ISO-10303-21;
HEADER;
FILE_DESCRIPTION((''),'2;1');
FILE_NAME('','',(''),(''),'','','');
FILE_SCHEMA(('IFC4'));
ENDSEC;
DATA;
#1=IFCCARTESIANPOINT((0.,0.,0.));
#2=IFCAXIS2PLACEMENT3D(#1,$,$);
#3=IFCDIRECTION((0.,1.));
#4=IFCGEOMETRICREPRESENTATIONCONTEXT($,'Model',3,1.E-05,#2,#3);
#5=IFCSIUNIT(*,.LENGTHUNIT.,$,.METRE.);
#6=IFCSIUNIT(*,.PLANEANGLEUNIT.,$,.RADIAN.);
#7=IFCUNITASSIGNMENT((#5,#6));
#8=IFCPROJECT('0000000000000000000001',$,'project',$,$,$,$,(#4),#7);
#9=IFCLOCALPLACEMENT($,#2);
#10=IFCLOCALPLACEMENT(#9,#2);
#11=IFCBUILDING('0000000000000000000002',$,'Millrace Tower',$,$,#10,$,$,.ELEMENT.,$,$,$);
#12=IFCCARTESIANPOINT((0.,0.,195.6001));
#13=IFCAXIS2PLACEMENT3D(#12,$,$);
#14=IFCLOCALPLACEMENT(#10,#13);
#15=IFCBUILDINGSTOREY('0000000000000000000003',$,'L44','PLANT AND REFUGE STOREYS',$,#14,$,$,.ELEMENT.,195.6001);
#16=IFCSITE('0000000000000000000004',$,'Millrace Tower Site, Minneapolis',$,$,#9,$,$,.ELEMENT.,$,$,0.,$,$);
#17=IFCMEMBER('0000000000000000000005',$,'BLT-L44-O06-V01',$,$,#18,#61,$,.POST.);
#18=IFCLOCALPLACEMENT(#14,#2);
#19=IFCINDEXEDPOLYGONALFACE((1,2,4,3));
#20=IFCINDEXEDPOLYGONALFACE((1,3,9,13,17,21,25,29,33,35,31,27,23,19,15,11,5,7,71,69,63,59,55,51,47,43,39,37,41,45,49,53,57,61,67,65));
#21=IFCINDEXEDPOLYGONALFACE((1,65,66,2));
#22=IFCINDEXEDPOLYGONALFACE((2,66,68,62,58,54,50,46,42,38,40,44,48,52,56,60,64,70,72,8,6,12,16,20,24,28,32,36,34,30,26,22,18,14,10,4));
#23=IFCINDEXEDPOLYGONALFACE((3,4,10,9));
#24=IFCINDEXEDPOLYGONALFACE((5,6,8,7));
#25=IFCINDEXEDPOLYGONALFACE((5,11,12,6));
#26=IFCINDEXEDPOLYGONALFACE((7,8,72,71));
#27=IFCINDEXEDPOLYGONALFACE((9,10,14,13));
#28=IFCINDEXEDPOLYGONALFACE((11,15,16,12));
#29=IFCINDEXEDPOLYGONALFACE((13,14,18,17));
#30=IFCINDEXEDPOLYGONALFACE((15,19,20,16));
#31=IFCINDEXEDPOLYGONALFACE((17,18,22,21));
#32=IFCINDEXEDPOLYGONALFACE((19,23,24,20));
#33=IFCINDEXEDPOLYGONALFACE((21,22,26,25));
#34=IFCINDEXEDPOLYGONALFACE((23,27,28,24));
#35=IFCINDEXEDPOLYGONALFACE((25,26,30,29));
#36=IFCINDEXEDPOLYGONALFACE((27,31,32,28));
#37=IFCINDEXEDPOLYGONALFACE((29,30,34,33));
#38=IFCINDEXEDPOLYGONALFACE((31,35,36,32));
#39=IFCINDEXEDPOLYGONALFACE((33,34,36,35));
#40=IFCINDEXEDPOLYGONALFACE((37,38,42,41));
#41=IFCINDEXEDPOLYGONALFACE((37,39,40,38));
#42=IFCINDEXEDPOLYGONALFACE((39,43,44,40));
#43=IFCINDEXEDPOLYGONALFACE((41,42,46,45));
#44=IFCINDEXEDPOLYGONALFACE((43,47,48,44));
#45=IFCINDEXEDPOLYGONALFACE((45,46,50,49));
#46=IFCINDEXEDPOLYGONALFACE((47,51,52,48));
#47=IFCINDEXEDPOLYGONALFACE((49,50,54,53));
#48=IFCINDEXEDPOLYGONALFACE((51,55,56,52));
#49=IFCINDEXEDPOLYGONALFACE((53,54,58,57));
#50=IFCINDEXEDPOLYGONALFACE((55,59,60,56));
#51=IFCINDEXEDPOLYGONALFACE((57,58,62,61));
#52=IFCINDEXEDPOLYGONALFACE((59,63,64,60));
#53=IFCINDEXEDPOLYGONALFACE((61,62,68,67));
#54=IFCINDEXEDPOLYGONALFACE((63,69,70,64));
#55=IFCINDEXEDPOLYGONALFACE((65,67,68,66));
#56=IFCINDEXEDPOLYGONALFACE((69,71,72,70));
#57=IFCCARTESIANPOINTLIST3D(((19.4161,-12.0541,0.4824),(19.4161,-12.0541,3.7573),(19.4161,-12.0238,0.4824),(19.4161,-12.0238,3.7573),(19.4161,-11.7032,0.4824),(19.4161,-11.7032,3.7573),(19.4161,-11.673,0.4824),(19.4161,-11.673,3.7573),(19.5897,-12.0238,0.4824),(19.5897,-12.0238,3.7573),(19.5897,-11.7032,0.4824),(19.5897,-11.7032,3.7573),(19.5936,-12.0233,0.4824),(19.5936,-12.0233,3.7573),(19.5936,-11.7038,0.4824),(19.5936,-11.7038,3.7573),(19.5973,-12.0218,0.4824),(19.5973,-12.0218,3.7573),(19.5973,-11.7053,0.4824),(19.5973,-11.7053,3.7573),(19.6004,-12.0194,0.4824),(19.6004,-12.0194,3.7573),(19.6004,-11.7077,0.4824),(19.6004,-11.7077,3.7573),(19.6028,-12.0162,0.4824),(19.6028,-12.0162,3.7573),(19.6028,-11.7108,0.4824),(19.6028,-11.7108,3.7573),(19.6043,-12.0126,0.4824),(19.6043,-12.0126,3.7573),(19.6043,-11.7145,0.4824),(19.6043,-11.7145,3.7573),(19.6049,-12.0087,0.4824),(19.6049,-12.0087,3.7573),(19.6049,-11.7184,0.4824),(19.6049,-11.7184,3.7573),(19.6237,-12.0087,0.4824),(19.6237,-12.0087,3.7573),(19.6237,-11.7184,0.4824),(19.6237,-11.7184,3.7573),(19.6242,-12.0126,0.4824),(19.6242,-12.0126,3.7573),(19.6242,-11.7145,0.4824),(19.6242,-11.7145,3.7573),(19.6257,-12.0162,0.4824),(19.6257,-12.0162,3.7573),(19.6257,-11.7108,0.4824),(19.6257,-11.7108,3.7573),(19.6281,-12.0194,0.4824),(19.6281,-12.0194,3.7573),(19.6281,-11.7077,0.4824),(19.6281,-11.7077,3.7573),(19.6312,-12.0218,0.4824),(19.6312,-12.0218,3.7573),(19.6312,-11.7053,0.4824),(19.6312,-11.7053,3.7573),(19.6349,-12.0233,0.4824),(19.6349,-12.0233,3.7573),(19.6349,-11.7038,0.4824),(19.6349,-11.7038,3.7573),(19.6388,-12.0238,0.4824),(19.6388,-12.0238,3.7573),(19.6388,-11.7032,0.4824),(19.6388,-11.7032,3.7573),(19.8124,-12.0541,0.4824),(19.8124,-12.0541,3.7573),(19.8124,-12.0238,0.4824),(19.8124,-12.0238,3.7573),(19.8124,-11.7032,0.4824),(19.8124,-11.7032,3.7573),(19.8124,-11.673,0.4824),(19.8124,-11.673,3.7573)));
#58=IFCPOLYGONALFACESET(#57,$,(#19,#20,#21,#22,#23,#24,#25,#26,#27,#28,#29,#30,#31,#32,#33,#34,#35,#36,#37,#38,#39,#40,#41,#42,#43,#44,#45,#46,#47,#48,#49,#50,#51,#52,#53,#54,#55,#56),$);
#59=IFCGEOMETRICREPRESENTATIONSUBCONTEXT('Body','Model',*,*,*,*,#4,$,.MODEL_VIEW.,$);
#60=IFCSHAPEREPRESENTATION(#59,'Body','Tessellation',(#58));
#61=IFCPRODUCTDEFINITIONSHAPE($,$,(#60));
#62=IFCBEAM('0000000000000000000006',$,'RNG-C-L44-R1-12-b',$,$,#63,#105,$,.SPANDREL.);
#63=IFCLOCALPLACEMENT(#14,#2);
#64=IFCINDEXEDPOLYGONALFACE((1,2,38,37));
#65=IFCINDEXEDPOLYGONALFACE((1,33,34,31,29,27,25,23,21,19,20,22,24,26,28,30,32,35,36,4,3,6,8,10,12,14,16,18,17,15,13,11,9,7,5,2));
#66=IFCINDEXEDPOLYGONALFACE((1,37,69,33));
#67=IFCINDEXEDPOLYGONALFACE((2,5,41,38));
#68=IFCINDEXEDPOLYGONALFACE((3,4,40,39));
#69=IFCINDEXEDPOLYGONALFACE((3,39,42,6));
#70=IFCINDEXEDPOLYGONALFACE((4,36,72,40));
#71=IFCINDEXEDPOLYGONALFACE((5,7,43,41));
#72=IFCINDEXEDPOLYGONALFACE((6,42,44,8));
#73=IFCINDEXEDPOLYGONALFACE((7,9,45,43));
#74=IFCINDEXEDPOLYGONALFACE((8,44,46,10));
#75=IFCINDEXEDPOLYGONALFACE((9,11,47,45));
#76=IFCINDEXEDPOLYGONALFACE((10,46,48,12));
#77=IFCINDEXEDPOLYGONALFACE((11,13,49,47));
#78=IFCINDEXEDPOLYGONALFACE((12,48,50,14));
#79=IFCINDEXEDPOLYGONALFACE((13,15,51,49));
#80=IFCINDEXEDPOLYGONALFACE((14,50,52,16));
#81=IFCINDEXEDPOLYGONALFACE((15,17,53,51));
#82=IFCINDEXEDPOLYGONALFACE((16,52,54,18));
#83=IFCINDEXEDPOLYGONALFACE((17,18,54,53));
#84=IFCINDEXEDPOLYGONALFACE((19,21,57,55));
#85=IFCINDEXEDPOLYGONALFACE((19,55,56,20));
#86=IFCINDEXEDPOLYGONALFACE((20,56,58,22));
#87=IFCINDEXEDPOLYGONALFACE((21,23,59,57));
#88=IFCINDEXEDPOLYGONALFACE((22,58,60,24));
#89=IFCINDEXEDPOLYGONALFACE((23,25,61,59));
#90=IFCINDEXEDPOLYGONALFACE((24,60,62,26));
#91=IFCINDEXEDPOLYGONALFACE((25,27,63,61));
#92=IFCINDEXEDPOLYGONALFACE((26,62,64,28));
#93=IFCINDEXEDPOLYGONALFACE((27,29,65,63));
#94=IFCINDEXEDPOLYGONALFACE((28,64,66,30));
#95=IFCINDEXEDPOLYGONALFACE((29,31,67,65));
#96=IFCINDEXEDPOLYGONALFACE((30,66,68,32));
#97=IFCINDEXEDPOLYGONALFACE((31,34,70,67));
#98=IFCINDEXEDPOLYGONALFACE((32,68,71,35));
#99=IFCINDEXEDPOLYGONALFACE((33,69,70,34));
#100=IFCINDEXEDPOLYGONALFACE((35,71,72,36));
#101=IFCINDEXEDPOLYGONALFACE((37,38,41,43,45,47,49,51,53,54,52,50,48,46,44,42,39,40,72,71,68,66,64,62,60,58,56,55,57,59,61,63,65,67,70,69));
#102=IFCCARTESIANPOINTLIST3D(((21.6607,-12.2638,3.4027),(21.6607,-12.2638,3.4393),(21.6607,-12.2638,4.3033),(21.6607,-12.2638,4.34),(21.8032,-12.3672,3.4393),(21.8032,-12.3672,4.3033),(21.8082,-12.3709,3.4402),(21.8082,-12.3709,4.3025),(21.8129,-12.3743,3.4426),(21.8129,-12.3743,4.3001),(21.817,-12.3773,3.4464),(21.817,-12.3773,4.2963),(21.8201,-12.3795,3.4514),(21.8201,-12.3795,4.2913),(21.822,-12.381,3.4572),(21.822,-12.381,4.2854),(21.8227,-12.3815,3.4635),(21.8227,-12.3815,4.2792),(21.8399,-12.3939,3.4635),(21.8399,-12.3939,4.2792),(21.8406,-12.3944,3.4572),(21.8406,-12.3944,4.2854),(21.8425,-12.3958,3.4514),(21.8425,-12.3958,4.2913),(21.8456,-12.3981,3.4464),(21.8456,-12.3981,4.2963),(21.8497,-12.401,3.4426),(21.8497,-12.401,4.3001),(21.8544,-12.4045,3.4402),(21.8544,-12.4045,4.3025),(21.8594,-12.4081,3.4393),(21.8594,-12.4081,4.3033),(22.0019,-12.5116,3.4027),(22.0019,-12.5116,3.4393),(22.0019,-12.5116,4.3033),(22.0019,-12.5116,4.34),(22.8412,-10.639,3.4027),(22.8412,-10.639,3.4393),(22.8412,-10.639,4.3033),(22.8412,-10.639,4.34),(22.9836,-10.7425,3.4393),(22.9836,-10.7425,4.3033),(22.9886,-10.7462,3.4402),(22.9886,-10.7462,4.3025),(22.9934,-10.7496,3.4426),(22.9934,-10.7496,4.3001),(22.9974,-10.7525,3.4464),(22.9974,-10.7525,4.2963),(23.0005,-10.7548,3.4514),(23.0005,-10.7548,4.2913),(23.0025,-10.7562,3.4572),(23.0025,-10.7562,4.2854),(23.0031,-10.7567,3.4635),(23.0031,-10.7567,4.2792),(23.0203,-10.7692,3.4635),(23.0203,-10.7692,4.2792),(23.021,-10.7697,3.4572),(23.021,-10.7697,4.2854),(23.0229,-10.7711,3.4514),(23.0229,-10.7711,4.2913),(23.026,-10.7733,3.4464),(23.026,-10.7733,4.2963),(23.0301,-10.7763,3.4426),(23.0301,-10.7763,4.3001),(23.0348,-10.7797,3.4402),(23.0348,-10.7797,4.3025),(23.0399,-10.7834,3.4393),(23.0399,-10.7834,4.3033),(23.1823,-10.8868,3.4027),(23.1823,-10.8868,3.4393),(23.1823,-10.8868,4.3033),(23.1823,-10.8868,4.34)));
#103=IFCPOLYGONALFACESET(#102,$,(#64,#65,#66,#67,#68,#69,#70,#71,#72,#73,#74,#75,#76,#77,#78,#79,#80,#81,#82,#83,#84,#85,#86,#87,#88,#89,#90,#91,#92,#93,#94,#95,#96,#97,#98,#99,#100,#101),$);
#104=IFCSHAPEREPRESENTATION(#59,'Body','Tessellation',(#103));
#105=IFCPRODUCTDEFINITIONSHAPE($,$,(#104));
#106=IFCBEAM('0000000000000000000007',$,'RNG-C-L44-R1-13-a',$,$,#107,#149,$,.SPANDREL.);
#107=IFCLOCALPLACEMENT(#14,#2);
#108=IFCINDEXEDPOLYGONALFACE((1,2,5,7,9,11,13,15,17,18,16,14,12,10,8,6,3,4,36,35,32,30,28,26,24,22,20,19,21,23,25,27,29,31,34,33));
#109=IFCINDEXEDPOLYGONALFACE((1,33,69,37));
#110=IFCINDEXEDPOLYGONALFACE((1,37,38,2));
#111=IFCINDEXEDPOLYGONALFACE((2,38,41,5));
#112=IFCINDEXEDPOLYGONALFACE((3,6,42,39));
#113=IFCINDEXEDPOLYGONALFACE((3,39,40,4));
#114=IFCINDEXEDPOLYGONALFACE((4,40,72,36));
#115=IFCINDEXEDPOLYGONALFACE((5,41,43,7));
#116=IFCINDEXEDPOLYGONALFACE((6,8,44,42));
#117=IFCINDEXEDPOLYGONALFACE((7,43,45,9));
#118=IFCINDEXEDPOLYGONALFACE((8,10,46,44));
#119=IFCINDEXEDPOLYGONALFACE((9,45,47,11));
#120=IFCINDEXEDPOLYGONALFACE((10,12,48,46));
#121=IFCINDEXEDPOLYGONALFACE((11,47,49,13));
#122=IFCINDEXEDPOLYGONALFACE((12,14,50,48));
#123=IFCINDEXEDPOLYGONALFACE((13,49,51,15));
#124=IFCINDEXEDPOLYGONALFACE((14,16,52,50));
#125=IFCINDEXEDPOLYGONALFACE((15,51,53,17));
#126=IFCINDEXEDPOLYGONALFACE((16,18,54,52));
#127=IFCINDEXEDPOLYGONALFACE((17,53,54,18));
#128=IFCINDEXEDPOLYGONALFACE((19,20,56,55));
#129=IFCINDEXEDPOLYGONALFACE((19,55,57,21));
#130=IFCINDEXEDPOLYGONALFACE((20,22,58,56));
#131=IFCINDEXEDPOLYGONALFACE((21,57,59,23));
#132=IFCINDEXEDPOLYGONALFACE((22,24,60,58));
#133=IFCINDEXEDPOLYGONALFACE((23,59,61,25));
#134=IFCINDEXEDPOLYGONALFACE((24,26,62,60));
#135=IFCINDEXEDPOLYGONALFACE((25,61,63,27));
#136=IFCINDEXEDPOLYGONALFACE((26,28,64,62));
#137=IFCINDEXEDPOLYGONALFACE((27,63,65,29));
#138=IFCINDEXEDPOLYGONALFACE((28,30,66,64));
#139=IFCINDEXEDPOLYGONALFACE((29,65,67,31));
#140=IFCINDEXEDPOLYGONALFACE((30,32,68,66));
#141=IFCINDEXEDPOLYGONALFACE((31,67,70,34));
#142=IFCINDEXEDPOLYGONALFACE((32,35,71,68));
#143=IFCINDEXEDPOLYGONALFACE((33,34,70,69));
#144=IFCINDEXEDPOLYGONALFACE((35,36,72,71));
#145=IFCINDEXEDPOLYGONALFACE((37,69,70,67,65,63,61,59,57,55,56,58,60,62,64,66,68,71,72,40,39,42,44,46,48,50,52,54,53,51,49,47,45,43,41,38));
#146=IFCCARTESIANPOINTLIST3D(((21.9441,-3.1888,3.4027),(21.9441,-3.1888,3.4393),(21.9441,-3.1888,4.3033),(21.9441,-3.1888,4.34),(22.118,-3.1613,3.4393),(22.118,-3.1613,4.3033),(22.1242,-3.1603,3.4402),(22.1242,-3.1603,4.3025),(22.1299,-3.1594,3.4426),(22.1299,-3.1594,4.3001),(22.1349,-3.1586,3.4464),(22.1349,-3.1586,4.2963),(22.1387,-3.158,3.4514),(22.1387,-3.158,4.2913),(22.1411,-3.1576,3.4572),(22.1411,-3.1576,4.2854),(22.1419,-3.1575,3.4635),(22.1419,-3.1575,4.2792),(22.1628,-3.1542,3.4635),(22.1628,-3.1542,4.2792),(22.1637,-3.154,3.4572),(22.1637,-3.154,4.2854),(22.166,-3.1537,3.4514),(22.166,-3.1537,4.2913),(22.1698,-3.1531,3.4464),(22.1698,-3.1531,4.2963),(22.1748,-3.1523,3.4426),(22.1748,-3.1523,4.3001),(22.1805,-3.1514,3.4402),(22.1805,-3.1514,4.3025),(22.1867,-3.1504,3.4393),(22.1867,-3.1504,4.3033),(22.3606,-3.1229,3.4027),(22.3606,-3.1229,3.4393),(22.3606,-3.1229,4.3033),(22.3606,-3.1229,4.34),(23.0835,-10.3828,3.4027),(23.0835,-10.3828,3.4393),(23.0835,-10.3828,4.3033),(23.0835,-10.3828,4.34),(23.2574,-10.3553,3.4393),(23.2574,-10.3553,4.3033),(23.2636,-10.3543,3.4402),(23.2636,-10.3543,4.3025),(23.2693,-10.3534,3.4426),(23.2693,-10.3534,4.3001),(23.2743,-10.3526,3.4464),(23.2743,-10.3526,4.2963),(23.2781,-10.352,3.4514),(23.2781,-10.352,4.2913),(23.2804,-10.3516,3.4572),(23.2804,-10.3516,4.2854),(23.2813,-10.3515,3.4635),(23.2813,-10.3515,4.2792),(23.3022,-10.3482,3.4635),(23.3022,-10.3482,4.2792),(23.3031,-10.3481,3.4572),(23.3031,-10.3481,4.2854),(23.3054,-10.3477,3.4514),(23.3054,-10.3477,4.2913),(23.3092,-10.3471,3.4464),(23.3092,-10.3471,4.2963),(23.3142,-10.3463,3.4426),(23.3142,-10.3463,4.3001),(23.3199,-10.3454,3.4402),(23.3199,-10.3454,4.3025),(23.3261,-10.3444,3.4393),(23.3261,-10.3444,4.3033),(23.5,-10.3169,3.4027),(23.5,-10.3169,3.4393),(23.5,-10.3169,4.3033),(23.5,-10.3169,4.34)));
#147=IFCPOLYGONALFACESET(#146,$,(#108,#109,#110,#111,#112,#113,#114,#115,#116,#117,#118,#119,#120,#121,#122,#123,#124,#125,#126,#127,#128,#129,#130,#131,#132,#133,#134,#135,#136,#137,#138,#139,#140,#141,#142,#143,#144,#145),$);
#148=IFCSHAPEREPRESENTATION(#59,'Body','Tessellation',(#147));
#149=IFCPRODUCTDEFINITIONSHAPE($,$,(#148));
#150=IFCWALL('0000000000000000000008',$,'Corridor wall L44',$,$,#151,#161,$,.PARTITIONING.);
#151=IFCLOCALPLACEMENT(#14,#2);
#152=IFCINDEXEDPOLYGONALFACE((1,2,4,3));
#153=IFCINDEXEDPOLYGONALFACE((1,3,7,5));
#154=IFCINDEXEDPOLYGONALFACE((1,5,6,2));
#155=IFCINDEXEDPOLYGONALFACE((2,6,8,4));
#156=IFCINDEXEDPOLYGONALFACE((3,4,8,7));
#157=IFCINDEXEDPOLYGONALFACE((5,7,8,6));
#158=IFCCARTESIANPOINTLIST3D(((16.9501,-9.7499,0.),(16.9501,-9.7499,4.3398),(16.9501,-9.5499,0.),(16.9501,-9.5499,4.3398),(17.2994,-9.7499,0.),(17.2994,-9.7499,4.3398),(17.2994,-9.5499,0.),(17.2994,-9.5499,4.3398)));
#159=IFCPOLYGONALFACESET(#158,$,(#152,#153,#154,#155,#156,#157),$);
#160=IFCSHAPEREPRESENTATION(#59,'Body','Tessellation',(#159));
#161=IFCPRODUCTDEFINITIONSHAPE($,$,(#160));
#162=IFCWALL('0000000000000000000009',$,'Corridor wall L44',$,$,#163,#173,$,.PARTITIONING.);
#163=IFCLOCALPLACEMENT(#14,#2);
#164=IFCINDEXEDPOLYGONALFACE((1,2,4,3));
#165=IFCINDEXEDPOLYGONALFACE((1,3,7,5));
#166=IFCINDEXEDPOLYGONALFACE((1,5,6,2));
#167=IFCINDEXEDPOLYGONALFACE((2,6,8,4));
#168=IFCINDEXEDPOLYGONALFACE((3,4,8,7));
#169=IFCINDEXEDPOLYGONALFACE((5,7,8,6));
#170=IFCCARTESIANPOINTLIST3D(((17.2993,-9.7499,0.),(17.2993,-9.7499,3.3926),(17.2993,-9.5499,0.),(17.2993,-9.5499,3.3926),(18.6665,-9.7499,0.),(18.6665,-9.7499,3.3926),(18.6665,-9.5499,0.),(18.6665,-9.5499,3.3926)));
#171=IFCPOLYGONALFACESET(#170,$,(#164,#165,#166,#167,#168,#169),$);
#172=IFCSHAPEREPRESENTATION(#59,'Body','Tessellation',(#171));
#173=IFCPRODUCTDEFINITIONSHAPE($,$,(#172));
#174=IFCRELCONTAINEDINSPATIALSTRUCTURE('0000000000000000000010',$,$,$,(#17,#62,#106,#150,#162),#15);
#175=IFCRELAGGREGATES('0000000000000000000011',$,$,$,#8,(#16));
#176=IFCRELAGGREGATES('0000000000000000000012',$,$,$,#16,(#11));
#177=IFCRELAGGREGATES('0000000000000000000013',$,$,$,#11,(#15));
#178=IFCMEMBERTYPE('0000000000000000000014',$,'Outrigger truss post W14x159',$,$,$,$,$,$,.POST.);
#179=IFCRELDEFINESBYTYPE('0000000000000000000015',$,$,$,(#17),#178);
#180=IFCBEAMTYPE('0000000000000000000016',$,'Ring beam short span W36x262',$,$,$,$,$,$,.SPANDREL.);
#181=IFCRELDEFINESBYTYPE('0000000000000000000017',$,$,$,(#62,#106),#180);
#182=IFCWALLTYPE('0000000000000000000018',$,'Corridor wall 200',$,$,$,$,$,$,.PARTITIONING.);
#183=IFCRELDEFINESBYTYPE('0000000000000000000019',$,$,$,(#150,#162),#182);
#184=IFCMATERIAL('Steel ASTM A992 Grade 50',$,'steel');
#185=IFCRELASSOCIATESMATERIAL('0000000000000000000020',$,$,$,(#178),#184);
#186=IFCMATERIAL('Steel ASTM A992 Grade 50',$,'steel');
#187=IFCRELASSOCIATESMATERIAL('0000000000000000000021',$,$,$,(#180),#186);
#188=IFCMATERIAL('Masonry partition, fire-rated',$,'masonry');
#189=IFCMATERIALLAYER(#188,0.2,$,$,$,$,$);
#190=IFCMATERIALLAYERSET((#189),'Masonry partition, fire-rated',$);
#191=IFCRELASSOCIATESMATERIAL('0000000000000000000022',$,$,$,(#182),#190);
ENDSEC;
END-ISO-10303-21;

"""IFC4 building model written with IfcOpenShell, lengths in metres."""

from ifc_helpers import new_model, si_unit, direction, frame, frame_2d, origin, origin_2d, place, context, subcontext, project, spatial, rectangle, i_section, extrude, material, layer, layer_set, material_profile, profile_set, type_object, element, save


model = new_model("IFC4")

# Units and contexts
model_context = context("Model", 3, precision=1e-05, world=origin(), true_north=direction((0.0, 1.0)))
body_context = subcontext(model_context, "Body", "Model", "MODEL_VIEW")
ifc_project = project(units=[si_unit("LENGTHUNIT", "METRE"), si_unit("PLANEANGLEUNIT", "RADIAN")], contexts=[model_context])

# Site, building, storey
site_placement = place(None, origin())
site = spatial("IfcSite", under=ifc_project, at=site_placement, Name="Millrace Tower Site, Minneapolis", CompositionType="ELEMENT", RefElevation=0.0)
building_placement = place(site_placement, origin())
building = spatial("IfcBuilding", under=site, at=building_placement, Name="Millrace Tower", CompositionType="ELEMENT")
storey_placement = place(building_placement, frame((0.0, 0.0, 195.6001)))
storey = spatial("IfcBuildingStorey", under=building, at=storey_placement, Name="L44", Description="PLANT AND REFUGE STOREYS", CompositionType="ELEMENT", Elevation=195.6001)

# Member
ifc_material_1 = material(Name="Steel ASTM A992 Grade 50", Category="steel")
ifc_material_profile_1 = material_profile(ifc_material_1, i_section(OverallWidth=0.3962, OverallDepth=0.3811, WebThickness=0.0188, FlangeThickness=0.0303, FilletRadius=0.0151, at=origin_2d()))
ifc_profile_set_1 = profile_set([ifc_material_profile_1], Name="Steel ASTM A992 Grade 50")
member_type_1 = type_object("IfcMemberType", Name="Outrigger truss post W14x159", PredefinedType="POST", material=ifc_profile_set_1)
for number, where, z_axis, x_axis, name in (
    (1, (19.6143, -11.8635, 0.4824), (0.0, 0.0, 1.0), (1.0, 0.0, 0.0), "BLT-L44-O06-V01"),
):
    element("IfcMember", number, at=place(storey_placement, frame(where, z_axis=z_axis, x_axis=x_axis)), inside=storey, type_object=member_type_1, Name=name, PredefinedType="POST", context=body_context, shape_type="SweptSolid", body=[
        extrude(i_section(OverallWidth=0.3962, OverallDepth=0.3811, WebThickness=0.0188, FlangeThickness=0.0303, FilletRadius=0.0151, at=origin_2d()), origin(), (0.0, 0.0, 1.0), 3.2749),
    ])

# Beams
ifc_material_2 = material(Name="Steel ASTM A992 Grade 50", Category="steel")
ifc_material_profile_2 = material_profile(ifc_material_2, i_section(OverallWidth=0.4216, OverallDepth=0.9373, WebThickness=0.0212, FlangeThickness=0.0366, FilletRadius=0.0242, at=origin_2d()))
ifc_profile_set_2 = profile_set([ifc_material_profile_2], Name="Steel ASTM A992 Grade 50")
beam_type_1 = type_object("IfcBeamType", Name="Ring beam short span W36x262", PredefinedType="SPANDREL", material=ifc_profile_set_2)
beam_1_placement = place(storey_placement, frame((21.8313, -12.3877, 3.8713), z_axis=(0.587774, 0.809025, 0.0), x_axis=(-0.809025, 0.587774, 0.0)))
element("IfcBeam", 2, at=beam_1_placement, inside=storey, type_object=beam_type_1, Name="RNG-C-L44-R1-12-b", PredefinedType="SPANDREL", context=body_context, shape_type="SweptSolid", body=[
    extrude(i_section(OverallWidth=0.4216, OverallDepth=0.9373, WebThickness=0.0212, FlangeThickness=0.0366, FilletRadius=0.0242, at=origin_2d()), origin(), (0.0, 0.0, 1.0), 2.0083),
])
beam_2_placement = place(storey_placement, frame((23.2917, -10.3499, 3.8713), z_axis=(-0.156431, 0.987689, 0.0), x_axis=(-0.987689, -0.156431, 0.0)))
element("IfcBeam", 3, at=beam_2_placement, inside=storey, type_object=beam_type_1, Name="RNG-C-L44-R1-13-a", PredefinedType="SPANDREL", context=body_context, shape_type="SweptSolid", body=[
    extrude(i_section(OverallWidth=0.4216, OverallDepth=0.9373, WebThickness=0.0212, FlangeThickness=0.0366, FilletRadius=0.0242, at=origin_2d()), origin(), (0.0, 0.0, 1.0), 7.2837),
])

# Walls
ifc_material_3 = material(Name="Masonry partition, fire-rated", Category="masonry")
ifc_layer_1 = layer(ifc_material_3, 0.2)
ifc_layer_set_1 = layer_set([ifc_layer_1], Name="Masonry partition, fire-rated")
wall_type = type_object("IfcWallType", Name="Corridor wall 200", PredefinedType="PARTITIONING", material=ifc_layer_set_1)
wall_1_placement = place(storey_placement, frame((16.95, -9.6499, 0.0), z_axis=(0.0, 0.0, 1.0), x_axis=(1.0, 0.0, 0.0)))
element("IfcWall", 4, at=wall_1_placement, inside=storey, type_object=wall_type, Name="Corridor wall L44", PredefinedType="PARTITIONING", context=body_context, shape_type="SweptSolid", body=[
    extrude(rectangle(XDim=0.3494, YDim=0.2, at=frame_2d((0.1748, 0.0))), origin(), (0.0, 0.0, 1.0), 4.3398),
])
wall_2_placement = place(storey_placement, frame((17.2993, -9.6499, 0.0), z_axis=(0.0, 0.0, 1.0), x_axis=(1.0, 0.0, 0.0)))
element("IfcWall", 5, at=wall_2_placement, inside=storey, type_object=wall_type, Name="Corridor wall L44", PredefinedType="PARTITIONING", context=body_context, shape_type="SweptSolid", body=[
    extrude(rectangle(XDim=1.3672, YDim=0.2, at=frame_2d((0.6836, 0.0))), origin(), (0.0, 0.0, 1.0), 3.3926),
])

save(model, "model.ifc")
